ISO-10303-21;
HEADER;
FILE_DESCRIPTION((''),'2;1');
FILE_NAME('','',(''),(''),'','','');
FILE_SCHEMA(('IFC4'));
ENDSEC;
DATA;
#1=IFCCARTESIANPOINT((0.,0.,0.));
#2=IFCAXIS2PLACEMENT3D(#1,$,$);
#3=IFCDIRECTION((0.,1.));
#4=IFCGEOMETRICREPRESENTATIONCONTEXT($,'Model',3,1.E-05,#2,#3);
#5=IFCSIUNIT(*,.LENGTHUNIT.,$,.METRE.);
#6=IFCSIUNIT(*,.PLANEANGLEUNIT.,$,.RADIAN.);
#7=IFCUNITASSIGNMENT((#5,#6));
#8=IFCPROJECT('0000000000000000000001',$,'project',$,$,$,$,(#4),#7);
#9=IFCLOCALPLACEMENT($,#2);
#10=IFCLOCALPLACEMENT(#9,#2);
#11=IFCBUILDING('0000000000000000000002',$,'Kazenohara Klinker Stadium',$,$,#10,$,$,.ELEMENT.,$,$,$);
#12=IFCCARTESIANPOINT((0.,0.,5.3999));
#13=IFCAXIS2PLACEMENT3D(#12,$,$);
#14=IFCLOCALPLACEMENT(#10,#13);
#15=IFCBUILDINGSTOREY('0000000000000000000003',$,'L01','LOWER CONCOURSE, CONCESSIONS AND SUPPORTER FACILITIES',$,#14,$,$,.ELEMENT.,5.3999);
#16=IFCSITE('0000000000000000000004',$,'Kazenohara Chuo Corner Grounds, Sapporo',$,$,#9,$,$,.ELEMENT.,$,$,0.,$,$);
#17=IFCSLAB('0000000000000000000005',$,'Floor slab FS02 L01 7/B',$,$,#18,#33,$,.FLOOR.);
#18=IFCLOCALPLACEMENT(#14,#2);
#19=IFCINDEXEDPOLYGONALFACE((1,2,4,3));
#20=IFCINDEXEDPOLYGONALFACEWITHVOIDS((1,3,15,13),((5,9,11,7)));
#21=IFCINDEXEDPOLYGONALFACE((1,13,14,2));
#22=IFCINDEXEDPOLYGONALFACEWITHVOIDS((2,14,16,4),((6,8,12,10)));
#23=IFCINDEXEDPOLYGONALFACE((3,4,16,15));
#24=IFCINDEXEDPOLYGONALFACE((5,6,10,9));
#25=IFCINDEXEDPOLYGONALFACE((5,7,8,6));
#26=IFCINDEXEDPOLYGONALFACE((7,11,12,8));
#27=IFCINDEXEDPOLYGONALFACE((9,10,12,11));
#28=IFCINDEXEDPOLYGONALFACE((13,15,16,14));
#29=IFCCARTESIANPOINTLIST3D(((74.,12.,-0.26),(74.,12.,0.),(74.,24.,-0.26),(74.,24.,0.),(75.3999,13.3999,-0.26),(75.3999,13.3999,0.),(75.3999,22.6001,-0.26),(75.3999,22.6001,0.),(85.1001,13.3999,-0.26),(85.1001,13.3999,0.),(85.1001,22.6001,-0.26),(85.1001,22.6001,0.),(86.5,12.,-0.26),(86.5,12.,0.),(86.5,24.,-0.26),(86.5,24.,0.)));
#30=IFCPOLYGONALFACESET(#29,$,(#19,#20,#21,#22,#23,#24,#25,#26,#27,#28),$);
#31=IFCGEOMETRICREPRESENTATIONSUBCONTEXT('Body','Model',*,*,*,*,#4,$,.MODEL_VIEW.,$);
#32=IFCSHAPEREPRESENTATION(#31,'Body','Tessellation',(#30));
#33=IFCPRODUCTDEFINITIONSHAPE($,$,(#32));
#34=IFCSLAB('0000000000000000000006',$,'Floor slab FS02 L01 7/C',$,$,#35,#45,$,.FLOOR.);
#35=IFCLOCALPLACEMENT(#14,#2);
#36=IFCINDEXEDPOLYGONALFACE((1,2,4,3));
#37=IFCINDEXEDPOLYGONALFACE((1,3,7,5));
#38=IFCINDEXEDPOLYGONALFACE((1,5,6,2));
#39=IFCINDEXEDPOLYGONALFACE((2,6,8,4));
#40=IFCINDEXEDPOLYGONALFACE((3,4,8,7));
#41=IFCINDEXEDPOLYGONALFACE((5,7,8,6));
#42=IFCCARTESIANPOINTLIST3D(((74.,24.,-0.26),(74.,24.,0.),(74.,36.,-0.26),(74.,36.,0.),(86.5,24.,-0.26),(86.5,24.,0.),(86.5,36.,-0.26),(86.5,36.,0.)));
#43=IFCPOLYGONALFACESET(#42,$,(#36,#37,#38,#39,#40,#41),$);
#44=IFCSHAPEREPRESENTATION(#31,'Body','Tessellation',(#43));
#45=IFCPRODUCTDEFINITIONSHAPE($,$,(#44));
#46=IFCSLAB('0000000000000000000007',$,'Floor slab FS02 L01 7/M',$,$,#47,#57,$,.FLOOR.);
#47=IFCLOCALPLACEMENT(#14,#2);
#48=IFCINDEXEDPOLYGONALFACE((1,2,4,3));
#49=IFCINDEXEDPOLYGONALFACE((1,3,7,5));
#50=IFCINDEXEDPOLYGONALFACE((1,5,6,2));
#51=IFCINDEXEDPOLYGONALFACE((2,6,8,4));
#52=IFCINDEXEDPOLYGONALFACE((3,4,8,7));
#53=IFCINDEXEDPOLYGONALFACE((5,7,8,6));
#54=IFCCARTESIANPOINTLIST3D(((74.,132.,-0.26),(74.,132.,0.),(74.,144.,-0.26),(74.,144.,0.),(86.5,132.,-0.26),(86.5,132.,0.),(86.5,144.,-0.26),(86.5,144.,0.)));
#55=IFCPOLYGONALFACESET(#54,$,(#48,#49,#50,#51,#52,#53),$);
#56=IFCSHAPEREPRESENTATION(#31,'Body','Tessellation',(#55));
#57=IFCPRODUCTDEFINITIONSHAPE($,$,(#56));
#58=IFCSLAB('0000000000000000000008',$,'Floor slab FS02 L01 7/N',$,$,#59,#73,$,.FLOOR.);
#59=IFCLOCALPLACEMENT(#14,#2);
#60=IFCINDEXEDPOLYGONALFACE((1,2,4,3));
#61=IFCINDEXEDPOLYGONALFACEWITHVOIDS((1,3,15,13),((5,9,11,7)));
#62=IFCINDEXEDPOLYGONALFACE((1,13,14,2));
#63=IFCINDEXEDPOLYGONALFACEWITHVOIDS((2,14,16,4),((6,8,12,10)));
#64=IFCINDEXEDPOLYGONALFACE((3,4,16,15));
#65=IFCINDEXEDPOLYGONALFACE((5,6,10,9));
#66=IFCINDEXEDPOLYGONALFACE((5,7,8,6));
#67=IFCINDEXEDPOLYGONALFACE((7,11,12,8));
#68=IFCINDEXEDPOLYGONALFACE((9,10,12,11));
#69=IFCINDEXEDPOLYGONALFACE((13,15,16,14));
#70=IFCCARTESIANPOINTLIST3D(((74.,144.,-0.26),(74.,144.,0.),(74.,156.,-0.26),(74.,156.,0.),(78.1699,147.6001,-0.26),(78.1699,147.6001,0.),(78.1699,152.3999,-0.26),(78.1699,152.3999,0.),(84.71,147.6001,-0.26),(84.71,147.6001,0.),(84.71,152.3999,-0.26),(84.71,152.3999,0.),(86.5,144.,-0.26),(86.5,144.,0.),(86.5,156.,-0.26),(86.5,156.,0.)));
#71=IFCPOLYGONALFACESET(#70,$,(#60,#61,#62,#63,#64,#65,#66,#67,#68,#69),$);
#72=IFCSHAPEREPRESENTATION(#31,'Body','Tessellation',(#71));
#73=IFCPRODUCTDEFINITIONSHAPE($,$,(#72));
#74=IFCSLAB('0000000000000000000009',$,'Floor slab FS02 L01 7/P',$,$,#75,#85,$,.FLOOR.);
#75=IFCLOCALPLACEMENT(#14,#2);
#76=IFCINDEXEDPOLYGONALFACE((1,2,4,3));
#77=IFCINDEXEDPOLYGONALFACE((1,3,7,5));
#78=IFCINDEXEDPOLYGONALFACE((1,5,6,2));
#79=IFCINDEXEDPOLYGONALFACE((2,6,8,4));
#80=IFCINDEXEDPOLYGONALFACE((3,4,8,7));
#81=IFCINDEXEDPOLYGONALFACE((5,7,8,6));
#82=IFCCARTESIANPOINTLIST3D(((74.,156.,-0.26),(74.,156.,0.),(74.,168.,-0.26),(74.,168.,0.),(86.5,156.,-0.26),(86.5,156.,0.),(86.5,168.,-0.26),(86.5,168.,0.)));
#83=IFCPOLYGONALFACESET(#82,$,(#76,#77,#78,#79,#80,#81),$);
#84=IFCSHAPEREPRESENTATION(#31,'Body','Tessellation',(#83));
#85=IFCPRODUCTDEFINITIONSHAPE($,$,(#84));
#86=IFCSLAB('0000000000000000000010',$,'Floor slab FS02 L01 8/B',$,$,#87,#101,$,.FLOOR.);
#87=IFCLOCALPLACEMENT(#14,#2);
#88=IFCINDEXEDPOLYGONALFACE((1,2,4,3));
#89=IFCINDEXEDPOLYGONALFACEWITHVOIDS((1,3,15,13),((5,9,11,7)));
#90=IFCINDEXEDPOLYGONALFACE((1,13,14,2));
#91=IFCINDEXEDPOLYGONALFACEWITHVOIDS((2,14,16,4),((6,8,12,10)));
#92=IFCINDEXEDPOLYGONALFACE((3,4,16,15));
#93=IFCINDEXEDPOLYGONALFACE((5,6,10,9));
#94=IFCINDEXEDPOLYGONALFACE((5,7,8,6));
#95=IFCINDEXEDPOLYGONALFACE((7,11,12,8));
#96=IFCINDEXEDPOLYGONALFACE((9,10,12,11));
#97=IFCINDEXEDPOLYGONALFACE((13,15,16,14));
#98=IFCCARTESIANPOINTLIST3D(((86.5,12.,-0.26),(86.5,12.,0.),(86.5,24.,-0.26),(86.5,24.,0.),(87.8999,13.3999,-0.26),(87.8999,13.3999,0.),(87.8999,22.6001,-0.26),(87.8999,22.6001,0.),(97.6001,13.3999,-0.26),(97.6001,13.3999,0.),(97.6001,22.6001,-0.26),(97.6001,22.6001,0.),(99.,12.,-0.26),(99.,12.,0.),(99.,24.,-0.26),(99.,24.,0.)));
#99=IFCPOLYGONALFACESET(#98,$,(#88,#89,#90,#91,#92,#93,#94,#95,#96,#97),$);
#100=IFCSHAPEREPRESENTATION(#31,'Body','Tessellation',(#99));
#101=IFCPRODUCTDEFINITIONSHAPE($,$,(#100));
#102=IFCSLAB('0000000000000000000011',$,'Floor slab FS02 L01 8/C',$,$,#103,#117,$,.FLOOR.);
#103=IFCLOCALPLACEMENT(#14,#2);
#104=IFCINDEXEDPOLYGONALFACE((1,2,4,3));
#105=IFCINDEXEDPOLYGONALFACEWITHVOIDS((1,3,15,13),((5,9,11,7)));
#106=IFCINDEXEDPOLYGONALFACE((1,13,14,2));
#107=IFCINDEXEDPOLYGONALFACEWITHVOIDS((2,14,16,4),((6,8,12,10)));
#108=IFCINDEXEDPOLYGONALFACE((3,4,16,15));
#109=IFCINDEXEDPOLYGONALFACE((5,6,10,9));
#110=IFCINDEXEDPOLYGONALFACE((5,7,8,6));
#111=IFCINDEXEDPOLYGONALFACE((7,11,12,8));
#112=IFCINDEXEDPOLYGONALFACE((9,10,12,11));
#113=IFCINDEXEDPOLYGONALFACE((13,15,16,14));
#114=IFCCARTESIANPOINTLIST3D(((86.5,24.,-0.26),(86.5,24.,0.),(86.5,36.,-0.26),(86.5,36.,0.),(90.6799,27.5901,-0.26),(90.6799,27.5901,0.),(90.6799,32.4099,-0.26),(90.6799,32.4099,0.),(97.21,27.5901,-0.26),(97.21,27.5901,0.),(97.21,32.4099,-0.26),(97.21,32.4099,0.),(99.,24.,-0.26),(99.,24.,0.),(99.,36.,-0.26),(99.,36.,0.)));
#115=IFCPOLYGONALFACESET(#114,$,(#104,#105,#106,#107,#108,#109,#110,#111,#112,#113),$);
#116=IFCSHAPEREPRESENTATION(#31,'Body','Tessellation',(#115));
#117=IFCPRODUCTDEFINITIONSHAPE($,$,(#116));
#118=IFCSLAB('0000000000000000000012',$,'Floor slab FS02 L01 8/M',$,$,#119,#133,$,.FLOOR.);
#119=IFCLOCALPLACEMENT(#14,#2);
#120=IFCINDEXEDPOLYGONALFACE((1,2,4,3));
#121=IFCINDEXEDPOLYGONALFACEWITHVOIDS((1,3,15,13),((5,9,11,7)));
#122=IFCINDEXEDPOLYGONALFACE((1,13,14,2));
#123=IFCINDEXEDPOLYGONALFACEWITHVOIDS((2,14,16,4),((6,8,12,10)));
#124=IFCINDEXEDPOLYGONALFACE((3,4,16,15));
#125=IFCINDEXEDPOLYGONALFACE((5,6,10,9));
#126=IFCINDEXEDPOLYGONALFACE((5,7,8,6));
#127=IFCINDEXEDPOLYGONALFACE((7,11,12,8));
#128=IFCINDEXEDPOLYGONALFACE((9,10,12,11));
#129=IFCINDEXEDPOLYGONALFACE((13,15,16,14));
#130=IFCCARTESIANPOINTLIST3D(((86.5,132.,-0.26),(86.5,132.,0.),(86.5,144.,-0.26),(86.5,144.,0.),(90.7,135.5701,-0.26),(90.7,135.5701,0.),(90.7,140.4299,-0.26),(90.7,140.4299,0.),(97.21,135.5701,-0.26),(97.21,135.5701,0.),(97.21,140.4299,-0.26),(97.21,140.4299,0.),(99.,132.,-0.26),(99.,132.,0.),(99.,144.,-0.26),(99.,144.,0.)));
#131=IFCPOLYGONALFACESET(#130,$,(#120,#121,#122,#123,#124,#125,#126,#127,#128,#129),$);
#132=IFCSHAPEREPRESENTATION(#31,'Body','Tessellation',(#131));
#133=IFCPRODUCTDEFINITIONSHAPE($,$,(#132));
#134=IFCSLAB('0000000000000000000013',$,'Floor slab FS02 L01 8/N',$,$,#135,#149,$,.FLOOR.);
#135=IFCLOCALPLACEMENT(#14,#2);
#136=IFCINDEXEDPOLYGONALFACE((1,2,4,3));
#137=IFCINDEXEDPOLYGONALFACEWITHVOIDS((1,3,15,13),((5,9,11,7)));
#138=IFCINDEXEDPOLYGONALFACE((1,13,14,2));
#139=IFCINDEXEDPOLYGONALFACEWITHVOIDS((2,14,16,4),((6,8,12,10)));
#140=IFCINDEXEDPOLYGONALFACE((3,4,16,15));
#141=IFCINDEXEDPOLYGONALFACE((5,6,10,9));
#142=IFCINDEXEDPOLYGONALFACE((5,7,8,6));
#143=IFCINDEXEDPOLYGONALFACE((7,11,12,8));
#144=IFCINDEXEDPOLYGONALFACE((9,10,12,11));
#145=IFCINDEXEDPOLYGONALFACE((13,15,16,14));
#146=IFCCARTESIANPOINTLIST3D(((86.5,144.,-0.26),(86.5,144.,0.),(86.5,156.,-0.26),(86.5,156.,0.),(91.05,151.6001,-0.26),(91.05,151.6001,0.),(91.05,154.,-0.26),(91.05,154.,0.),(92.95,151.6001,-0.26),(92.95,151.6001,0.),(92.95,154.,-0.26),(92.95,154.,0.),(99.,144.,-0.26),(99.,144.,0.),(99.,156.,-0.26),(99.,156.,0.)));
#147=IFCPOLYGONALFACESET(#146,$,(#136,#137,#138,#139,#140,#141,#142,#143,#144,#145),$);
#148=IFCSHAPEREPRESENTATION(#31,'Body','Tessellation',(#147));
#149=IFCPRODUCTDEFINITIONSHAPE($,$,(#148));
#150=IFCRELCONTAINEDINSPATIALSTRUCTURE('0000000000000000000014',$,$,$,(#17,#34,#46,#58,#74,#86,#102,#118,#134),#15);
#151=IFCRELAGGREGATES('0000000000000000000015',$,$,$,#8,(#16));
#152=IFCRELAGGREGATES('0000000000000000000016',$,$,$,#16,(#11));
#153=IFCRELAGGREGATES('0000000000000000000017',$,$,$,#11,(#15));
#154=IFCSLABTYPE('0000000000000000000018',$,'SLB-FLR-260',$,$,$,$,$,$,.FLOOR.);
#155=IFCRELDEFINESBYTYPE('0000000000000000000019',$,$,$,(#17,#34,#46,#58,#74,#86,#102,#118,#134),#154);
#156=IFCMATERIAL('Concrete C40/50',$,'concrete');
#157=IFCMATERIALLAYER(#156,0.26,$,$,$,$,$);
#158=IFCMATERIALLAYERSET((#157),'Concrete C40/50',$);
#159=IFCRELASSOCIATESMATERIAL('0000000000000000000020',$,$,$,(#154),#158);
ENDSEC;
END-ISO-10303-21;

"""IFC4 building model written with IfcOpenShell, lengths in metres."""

from ifc_helpers import new_model, si_unit, direction, frame, origin, place, context, subcontext, project, spatial, polyline, outline, extrude, material, layer, layer_set, type_object, element, save


model = new_model("IFC4")

# Units and contexts
model_context = context("Model", 3, precision=1e-05, world=origin(), true_north=direction((0.0, 1.0)))
body_context = subcontext(model_context, "Body", "Model", "MODEL_VIEW")
ifc_project = project(units=[si_unit("LENGTHUNIT", "METRE"), si_unit("PLANEANGLEUNIT", "RADIAN")], contexts=[model_context])

# Site, building, storey
site_placement = place(None, origin())
site = spatial("IfcSite", under=ifc_project, at=site_placement, Name="Kazenohara Chuo Corner Grounds, Sapporo", CompositionType="ELEMENT", RefElevation=0.0)
building_placement = place(site_placement, origin())
building = spatial("IfcBuilding", under=site, at=building_placement, Name="Kazenohara Klinker Stadium", CompositionType="ELEMENT")
storey_placement = place(building_placement, frame((0.0, 0.0, 5.3999)))
storey = spatial("IfcBuildingStorey", under=building, at=storey_placement, Name="L01", Description="LOWER CONCOURSE, CONCESSIONS AND SUPPORTER FACILITIES", CompositionType="ELEMENT", Elevation=5.3999)

# Slabs
ifc_material = material(Name="Concrete C40/50", Category="concrete")
ifc_layer = layer(ifc_material, 0.26)
ifc_layer_set = layer_set([ifc_layer], Name="Concrete C40/50")
slab_type = type_object("IfcSlabType", Name="SLB-FLR-260", PredefinedType="FLOOR", material=ifc_layer_set)
slab_1_placement = place(storey_placement, frame((0.0, 0.0, -0.26)))
element("IfcSlab", 1, at=slab_1_placement, inside=storey, type_object=slab_type, Name="Floor slab FS02 L01 7/B", PredefinedType="FLOOR", context=body_context, shape_type="SweptSolid", body=[
    extrude(outline(polyline([(74.0, 12.0), (86.5, 12.0), (86.5, 24.0), (74.0, 24.0), (74.0, 12.0)]), holes=[polyline([(75.3999, 13.3999), (85.1001, 13.3999), (85.1001, 22.6001), (75.3999, 22.6001), (75.3999, 13.3999)])]), origin(), (0.0, 0.0, 1.0), 0.26),
])
slab_2_placement = place(storey_placement, frame((0.0, 0.0, -0.26)))
element("IfcSlab", 2, at=slab_2_placement, inside=storey, type_object=slab_type, Name="Floor slab FS02 L01 7/C", PredefinedType="FLOOR", context=body_context, shape_type="SweptSolid", body=[
    extrude(outline(polyline([(74.0, 24.0), (86.5, 24.0), (86.5, 36.0), (74.0, 36.0), (74.0, 24.0)])), origin(), (0.0, 0.0, 1.0), 0.26),
])
slab_3_placement = place(storey_placement, frame((0.0, 0.0, -0.26)))
element("IfcSlab", 3, at=slab_3_placement, inside=storey, type_object=slab_type, Name="Floor slab FS02 L01 7/M", PredefinedType="FLOOR", context=body_context, shape_type="SweptSolid", body=[
    extrude(outline(polyline([(74.0, 132.0), (86.5, 132.0), (86.5, 144.0), (74.0, 144.0), (74.0, 132.0)])), origin(), (0.0, 0.0, 1.0), 0.26),
])
slab_4_placement = place(storey_placement, frame((0.0, 0.0, -0.26)))
element("IfcSlab", 4, at=slab_4_placement, inside=storey, type_object=slab_type, Name="Floor slab FS02 L01 7/N", PredefinedType="FLOOR", context=body_context, shape_type="SweptSolid", body=[
    extrude(outline(polyline([(74.0, 144.0), (86.5, 144.0), (86.5, 156.0), (74.0, 156.0), (74.0, 144.0)]), holes=[polyline([(78.1699, 147.6001), (84.71, 147.6001), (84.71, 152.3999), (78.1699, 152.3999), (78.1699, 147.6001)])]), origin(), (0.0, 0.0, 1.0), 0.26),
])
slab_5_placement = place(storey_placement, frame((0.0, 0.0, -0.26)))
element("IfcSlab", 5, at=slab_5_placement, inside=storey, type_object=slab_type, Name="Floor slab FS02 L01 7/P", PredefinedType="FLOOR", context=body_context, shape_type="SweptSolid", body=[
    extrude(outline(polyline([(74.0, 156.0), (86.5, 156.0), (86.5, 168.0), (74.0, 168.0), (74.0, 156.0)])), origin(), (0.0, 0.0, 1.0), 0.26),
])
slab_6_placement = place(storey_placement, frame((0.0, 0.0, -0.26)))
element("IfcSlab", 6, at=slab_6_placement, inside=storey, type_object=slab_type, Name="Floor slab FS02 L01 8/B", PredefinedType="FLOOR", context=body_context, shape_type="SweptSolid", body=[
    extrude(outline(polyline([(86.5, 12.0), (99.0, 12.0), (99.0, 24.0), (86.5, 24.0), (86.5, 12.0)]), holes=[polyline([(87.8999, 13.3999), (97.6001, 13.3999), (97.6001, 22.6001), (87.8999, 22.6001), (87.8999, 13.3999)])]), origin(), (0.0, 0.0, 1.0), 0.26),
])
slab_7_placement = place(storey_placement, frame((0.0, 0.0, -0.26)))
element("IfcSlab", 7, at=slab_7_placement, inside=storey, type_object=slab_type, Name="Floor slab FS02 L01 8/C", PredefinedType="FLOOR", context=body_context, shape_type="SweptSolid", body=[
    extrude(outline(polyline([(86.5, 24.0), (99.0, 24.0), (99.0, 36.0), (86.5, 36.0), (86.5, 24.0)]), holes=[polyline([(90.6799, 27.5901), (97.21, 27.5901), (97.21, 32.4099), (90.6799, 32.4099), (90.6799, 27.5901)])]), origin(), (0.0, 0.0, 1.0), 0.26),
])
slab_8_placement = place(storey_placement, frame((0.0, 0.0, -0.26)))
element("IfcSlab", 8, at=slab_8_placement, inside=storey, type_object=slab_type, Name="Floor slab FS02 L01 8/M", PredefinedType="FLOOR", context=body_context, shape_type="SweptSolid", body=[
    extrude(outline(polyline([(86.5, 132.0), (99.0, 132.0), (99.0, 144.0), (86.5, 144.0), (86.5, 132.0)]), holes=[polyline([(90.7, 135.5701), (97.21, 135.5701), (97.21, 140.4299), (90.7, 140.4299), (90.7, 135.5701)])]), origin(), (0.0, 0.0, 1.0), 0.26),
])
slab_9_placement = place(storey_placement, frame((0.0, 0.0, -0.26)))
element("IfcSlab", 9, at=slab_9_placement, inside=storey, type_object=slab_type, Name="Floor slab FS02 L01 8/N", PredefinedType="FLOOR", context=body_context, shape_type="SweptSolid", body=[
    extrude(outline(polyline([(86.5, 144.0), (99.0, 144.0), (99.0, 156.0), (86.5, 156.0), (86.5, 144.0)]), holes=[polyline([(91.05, 151.6001), (92.95, 151.6001), (92.95, 154.0), (91.05, 154.0), (91.05, 151.6001)])]), origin(), (0.0, 0.0, 1.0), 0.26),
])

save(model, "model.ifc")
